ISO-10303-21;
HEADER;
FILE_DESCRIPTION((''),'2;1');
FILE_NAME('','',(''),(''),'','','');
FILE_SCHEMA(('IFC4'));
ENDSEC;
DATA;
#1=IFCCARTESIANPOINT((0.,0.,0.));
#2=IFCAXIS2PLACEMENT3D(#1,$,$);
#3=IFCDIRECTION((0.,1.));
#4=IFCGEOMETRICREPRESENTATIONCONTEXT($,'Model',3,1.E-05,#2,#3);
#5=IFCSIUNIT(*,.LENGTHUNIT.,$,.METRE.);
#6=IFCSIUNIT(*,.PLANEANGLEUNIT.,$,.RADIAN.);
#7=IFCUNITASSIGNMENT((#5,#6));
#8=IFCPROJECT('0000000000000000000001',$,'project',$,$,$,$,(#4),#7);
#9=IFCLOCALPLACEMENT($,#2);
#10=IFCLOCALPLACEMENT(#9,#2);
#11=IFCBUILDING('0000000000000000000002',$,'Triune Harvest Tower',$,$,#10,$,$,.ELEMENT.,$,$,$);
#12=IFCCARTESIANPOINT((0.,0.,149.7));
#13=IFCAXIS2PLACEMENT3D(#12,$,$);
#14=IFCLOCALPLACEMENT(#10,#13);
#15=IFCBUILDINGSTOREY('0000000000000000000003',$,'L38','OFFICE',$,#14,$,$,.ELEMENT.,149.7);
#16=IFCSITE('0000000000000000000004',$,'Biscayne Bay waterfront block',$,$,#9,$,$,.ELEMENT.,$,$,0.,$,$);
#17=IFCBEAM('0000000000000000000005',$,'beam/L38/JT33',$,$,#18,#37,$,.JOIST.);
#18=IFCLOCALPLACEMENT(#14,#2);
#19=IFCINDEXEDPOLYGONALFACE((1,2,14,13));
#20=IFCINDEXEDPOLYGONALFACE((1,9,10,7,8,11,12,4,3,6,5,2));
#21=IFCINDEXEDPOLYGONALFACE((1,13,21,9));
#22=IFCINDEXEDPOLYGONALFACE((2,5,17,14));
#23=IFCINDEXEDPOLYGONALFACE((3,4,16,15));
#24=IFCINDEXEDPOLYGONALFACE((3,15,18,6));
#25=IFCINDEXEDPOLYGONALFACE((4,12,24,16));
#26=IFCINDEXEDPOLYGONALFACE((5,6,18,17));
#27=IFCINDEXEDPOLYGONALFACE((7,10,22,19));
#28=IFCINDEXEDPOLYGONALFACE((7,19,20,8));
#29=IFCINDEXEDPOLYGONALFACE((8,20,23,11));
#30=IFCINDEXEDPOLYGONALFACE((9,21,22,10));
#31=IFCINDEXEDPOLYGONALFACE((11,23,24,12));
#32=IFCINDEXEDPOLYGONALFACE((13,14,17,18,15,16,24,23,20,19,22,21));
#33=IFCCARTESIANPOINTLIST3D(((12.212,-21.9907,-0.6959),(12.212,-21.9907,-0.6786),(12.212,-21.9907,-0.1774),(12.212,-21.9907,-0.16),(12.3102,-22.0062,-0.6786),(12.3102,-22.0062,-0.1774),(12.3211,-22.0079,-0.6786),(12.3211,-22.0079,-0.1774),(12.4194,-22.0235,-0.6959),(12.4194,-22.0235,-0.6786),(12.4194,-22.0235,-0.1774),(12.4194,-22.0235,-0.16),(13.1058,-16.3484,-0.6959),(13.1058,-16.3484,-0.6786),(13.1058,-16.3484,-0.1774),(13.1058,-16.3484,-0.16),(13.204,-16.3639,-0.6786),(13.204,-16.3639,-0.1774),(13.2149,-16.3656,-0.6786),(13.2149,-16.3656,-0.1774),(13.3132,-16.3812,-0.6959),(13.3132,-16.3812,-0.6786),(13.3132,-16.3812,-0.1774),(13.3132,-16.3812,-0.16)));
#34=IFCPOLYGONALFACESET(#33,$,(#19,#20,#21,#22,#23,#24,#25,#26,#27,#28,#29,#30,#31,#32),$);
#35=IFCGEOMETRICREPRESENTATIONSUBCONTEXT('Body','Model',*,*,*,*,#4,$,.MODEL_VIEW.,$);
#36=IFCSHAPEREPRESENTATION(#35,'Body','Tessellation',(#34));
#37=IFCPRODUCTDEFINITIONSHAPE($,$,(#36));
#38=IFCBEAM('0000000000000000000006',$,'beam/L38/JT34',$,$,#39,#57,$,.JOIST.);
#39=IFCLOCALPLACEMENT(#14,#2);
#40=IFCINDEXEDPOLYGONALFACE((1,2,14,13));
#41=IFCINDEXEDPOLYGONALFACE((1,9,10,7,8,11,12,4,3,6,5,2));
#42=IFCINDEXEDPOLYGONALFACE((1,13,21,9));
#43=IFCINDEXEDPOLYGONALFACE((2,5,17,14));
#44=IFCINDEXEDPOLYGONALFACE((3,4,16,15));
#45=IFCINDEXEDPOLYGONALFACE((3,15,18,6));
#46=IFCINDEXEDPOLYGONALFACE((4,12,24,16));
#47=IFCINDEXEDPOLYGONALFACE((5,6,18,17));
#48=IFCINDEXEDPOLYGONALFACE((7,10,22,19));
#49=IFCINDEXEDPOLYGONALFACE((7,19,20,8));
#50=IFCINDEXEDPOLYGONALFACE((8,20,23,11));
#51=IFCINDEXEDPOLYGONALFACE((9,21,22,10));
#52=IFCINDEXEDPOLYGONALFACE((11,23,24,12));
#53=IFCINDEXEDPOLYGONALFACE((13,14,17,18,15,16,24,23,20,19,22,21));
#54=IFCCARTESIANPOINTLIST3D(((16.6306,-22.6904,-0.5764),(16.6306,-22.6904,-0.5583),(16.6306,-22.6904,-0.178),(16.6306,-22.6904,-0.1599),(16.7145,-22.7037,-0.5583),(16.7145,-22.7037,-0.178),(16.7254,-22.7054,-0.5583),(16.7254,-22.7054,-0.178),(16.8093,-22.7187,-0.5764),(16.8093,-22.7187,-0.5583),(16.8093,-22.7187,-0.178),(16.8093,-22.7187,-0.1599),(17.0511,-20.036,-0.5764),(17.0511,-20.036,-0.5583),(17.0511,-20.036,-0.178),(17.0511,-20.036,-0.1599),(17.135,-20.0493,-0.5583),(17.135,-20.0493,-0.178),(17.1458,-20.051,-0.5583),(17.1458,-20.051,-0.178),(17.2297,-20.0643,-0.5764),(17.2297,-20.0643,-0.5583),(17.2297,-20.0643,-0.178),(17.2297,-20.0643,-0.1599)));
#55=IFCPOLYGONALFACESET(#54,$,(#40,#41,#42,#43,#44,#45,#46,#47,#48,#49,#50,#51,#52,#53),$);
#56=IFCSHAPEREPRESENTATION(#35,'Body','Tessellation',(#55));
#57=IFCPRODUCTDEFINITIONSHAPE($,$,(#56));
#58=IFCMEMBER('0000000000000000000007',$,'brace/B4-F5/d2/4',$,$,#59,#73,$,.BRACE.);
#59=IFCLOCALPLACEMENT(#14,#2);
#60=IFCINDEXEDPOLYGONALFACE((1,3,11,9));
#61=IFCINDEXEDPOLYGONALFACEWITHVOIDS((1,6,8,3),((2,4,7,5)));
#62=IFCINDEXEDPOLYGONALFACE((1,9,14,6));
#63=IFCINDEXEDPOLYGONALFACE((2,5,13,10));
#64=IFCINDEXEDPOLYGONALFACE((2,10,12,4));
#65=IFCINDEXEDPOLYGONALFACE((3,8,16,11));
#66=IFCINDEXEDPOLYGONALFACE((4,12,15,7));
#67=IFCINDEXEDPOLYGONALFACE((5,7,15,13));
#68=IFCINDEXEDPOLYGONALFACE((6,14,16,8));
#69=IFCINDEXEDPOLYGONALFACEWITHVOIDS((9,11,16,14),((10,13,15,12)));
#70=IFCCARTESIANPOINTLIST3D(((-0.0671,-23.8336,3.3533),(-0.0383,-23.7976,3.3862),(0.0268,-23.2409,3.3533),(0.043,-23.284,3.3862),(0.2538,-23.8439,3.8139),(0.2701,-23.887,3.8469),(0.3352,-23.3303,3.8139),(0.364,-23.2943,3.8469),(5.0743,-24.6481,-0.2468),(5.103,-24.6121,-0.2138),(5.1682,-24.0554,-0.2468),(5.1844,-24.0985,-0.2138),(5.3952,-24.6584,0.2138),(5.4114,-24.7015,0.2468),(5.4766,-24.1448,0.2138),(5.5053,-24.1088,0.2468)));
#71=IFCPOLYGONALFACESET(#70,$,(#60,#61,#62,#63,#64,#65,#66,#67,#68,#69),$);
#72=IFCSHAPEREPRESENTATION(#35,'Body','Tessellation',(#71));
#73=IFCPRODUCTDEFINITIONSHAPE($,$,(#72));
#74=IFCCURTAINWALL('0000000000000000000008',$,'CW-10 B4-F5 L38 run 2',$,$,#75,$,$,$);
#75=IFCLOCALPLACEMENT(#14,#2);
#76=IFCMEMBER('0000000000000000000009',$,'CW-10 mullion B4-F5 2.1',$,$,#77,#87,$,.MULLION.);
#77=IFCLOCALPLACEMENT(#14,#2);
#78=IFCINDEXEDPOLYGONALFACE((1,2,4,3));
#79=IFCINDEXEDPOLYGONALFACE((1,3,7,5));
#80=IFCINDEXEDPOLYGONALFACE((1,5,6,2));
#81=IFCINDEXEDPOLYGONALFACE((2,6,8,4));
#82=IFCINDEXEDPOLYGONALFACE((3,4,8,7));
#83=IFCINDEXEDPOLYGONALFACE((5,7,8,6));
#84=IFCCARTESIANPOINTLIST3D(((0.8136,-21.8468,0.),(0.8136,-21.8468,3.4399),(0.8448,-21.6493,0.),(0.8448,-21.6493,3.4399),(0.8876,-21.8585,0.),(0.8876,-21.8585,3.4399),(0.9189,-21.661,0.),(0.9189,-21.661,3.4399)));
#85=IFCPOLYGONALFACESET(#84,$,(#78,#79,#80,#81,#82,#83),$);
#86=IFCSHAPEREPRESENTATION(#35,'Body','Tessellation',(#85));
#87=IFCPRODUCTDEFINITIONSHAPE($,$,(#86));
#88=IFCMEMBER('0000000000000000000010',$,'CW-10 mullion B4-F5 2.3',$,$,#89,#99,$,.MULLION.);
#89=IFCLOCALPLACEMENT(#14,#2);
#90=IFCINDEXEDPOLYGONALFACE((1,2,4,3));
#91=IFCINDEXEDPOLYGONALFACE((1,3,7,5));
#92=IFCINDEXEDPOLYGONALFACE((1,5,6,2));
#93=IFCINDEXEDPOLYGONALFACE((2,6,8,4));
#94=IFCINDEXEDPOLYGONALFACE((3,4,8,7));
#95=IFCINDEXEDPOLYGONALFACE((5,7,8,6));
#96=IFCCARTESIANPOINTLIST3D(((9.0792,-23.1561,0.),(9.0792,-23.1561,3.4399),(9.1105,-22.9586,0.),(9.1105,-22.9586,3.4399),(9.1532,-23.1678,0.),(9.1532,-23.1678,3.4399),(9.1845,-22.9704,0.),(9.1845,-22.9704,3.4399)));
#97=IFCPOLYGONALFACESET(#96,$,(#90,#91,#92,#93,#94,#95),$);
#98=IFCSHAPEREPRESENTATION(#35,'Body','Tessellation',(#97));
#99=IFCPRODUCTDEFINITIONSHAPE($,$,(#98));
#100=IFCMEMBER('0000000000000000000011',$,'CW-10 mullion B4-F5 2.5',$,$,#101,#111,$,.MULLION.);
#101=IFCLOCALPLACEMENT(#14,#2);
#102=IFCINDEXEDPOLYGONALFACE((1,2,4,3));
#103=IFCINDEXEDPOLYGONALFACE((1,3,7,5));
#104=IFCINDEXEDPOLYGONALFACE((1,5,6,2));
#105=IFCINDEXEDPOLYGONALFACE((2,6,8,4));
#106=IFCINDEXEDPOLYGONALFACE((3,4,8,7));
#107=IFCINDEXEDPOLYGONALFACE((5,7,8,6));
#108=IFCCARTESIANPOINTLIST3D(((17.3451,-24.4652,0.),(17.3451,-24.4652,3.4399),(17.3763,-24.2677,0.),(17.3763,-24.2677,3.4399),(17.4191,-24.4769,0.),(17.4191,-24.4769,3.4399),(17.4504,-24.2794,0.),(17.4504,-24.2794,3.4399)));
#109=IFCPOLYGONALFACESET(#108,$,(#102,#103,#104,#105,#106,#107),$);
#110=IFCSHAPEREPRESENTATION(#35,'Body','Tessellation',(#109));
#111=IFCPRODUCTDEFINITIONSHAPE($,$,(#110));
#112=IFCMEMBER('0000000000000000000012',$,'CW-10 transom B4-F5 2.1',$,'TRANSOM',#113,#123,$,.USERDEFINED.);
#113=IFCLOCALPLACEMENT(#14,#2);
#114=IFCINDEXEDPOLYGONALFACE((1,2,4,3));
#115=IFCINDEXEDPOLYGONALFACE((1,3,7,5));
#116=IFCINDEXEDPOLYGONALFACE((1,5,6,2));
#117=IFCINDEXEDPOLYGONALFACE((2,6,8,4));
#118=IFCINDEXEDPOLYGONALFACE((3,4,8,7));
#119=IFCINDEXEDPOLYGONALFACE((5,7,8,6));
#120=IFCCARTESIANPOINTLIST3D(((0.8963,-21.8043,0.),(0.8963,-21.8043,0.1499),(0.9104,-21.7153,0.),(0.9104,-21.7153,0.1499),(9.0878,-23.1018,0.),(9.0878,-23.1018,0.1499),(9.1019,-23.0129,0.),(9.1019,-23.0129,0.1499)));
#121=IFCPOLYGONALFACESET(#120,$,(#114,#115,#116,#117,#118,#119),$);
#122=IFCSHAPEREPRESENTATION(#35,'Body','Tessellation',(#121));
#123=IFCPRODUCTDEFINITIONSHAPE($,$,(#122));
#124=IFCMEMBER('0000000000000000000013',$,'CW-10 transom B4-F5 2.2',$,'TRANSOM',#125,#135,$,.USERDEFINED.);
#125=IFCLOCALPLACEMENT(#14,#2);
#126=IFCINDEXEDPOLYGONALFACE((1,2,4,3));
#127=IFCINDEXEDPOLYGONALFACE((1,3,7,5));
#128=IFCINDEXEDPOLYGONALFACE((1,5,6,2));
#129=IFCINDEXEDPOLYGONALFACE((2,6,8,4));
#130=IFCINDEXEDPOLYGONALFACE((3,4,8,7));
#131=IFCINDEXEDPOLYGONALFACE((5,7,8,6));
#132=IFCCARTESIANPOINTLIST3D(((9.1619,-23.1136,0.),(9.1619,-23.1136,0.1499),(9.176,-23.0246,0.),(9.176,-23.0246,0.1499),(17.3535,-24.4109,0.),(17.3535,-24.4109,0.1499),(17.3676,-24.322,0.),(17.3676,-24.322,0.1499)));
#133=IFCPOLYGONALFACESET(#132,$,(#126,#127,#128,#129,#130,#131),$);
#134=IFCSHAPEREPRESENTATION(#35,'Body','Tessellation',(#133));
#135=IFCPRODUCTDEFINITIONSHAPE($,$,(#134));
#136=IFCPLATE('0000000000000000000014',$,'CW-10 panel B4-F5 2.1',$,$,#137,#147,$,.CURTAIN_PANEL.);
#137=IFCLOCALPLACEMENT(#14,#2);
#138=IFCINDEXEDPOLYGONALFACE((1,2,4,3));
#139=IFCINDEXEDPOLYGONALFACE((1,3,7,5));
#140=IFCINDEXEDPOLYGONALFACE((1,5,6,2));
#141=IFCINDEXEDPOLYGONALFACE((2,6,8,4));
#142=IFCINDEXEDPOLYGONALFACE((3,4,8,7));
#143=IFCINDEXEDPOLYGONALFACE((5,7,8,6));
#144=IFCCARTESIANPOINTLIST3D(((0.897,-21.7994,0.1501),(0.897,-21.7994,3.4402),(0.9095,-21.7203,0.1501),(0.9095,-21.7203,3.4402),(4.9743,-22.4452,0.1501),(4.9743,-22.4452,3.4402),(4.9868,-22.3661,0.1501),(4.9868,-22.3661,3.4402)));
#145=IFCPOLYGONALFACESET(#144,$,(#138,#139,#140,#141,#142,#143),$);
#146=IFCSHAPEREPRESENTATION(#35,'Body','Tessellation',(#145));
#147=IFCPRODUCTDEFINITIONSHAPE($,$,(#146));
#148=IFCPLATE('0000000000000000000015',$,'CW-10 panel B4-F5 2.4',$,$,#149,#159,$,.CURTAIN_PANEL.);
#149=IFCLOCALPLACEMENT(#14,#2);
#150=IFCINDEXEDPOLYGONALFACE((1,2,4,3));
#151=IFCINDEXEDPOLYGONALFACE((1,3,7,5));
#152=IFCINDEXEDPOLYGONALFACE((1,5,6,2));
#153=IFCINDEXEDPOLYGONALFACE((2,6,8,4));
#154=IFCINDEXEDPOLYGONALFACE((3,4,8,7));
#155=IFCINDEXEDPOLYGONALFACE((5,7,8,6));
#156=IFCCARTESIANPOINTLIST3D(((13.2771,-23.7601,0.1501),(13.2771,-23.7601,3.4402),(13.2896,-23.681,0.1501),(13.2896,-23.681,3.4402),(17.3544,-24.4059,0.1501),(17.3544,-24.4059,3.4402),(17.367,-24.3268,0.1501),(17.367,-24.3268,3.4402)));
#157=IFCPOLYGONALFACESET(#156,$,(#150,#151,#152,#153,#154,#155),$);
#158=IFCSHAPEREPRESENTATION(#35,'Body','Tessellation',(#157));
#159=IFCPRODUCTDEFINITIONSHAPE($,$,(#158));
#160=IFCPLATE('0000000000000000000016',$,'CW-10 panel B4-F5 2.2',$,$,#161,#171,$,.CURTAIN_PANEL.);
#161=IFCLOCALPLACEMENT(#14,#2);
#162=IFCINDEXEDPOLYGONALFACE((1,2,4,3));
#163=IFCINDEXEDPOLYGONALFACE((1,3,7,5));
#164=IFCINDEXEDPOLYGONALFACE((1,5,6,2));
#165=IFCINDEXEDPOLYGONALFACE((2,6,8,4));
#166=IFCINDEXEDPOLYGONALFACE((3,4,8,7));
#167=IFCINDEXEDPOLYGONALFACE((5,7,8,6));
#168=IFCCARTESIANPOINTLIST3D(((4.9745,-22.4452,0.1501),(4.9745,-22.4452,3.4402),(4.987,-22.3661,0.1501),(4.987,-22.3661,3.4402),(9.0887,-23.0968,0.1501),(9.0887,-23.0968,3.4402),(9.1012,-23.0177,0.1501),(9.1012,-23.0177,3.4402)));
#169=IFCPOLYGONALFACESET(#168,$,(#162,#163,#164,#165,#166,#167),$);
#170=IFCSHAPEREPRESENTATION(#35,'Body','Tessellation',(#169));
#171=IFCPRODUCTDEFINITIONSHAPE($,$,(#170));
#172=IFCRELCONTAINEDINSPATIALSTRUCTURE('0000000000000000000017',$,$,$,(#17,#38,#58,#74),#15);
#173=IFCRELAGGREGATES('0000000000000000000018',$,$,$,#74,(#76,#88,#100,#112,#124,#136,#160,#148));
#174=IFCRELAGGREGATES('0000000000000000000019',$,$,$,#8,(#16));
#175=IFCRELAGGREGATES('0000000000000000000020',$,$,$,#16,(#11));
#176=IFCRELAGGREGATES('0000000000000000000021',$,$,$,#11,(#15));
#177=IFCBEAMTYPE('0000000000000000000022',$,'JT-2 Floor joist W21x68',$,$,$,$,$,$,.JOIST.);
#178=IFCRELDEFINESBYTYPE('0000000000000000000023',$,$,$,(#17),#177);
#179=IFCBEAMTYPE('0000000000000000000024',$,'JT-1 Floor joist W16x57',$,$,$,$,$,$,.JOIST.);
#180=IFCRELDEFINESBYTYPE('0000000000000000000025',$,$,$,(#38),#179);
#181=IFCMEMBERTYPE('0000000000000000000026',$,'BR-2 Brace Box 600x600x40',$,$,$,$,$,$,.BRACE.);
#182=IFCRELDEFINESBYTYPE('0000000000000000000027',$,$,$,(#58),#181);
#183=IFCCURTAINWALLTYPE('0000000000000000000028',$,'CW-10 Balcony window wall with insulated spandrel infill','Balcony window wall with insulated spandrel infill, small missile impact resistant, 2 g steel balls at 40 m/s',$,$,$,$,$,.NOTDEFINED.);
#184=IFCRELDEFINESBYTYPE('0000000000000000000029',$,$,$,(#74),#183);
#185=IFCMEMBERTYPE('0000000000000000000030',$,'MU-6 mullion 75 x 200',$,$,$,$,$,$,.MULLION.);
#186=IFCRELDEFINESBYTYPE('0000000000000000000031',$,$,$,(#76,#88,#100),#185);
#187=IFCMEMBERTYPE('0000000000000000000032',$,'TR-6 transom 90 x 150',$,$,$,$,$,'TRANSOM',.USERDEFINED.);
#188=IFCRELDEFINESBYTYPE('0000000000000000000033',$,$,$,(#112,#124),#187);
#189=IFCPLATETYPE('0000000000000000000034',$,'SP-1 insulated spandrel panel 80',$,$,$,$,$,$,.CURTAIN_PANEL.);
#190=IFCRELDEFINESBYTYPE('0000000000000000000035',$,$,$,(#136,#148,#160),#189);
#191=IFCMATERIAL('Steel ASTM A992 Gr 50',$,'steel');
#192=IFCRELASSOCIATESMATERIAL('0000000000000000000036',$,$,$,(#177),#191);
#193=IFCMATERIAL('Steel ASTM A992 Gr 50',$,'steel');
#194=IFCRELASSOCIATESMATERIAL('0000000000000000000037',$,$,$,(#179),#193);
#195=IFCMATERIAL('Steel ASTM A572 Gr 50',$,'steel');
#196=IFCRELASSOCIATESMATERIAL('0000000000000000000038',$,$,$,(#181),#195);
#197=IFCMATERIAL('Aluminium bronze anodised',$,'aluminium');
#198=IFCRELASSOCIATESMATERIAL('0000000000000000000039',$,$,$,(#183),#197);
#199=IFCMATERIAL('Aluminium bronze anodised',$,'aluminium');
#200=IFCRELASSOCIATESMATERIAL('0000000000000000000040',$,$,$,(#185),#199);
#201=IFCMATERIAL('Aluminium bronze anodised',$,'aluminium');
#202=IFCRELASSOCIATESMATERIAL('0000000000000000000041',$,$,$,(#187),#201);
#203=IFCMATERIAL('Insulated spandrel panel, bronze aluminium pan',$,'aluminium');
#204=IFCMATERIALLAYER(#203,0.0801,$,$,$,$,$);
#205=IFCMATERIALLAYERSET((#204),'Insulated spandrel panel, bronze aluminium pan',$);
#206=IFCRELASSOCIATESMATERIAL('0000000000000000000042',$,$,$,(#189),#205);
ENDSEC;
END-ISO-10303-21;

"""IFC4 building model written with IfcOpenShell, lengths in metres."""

from ifc_helpers import new_model, si_unit, direction, frame, origin, origin_2d, place, context, subcontext, project, spatial, rectangle, hollow_rectangle, i_section, extrude, source, transform, mapped, material, layer, layer_set, material_profile, profile_set, type_object, element, aggregate, save


model = new_model("IFC4")

# Units and contexts
model_context = context("Model", 3, precision=1e-05, world=origin(), true_north=direction((0.0, 1.0)))
body_context = subcontext(model_context, "Body", "Model", "MODEL_VIEW")
ifc_project = project(units=[si_unit("LENGTHUNIT", "METRE"), si_unit("PLANEANGLEUNIT", "RADIAN")], contexts=[model_context])

# Site, building, storey
site_placement = place(None, origin())
site = spatial("IfcSite", under=ifc_project, at=site_placement, Name="Biscayne Bay waterfront block", CompositionType="ELEMENT", RefElevation=0.0)
building_placement = place(site_placement, origin())
building = spatial("IfcBuilding", under=site, at=building_placement, Name="Triune Harvest Tower", CompositionType="ELEMENT")
storey_placement = place(building_placement, frame((0.0, 0.0, 149.7)))
storey = spatial("IfcBuildingStorey", under=building, at=storey_placement, Name="L38", Description="OFFICE", CompositionType="ELEMENT", Elevation=149.7)

# Beams
ifc_material_1 = material(Name="Steel ASTM A992 Gr 50", Category="steel")
ifc_material_profile_1 = material_profile(ifc_material_1, i_section(OverallWidth=0.21, OverallDepth=0.5359, WebThickness=0.011, FlangeThickness=0.0173, at=origin_2d()), Name="W21x68")
ifc_profile_set_1 = profile_set([ifc_material_profile_1], Name="Steel ASTM A992 Gr 50")
beam_type_1 = type_object("IfcBeamType", Name="JT-2 Floor joist W21x68", PredefinedType="JOIST", material=ifc_profile_set_1)
shared_shape_1 = source(origin(), body_context, "Body", "SweptSolid", [
    extrude(i_section(OverallWidth=0.21, OverallDepth=0.5359, WebThickness=0.011, FlangeThickness=0.0173, at=origin_2d()), origin(), (0.0, 0.0, 1.0), 5.7126),
])
beam_1_placement = place(storey_placement, frame((12.3157, -22.0071, -0.428), z_axis=(0.156459, 0.987685, 0.0), x_axis=(-0.987685, 0.156459, 0.0)))
element("IfcBeam", 1, at=beam_1_placement, inside=storey, type_object=beam_type_1, Name="beam/L38/JT33", PredefinedType="JOIST", context=body_context, shape_type="MappedRepresentation", body=[
    mapped(shared_shape_1, transform((0.0, 0.0, 0.0), scale=1.0)),
])
ifc_material_2 = material(Name="Steel ASTM A992 Gr 50", Category="steel")
ifc_material_profile_2 = material_profile(ifc_material_2, i_section(OverallWidth=0.1809, OverallDepth=0.4165, WebThickness=0.011, FlangeThickness=0.0181, at=origin_2d()), Name="W16x57")
ifc_profile_set_2 = profile_set([ifc_material_profile_2], Name="Steel ASTM A992 Gr 50")
beam_type_2 = type_object("IfcBeamType", Name="JT-1 Floor joist W16x57", PredefinedType="JOIST", material=ifc_profile_set_2)
shared_shape_2 = source(origin(), body_context, "Body", "SweptSolid", [
    extrude(i_section(OverallWidth=0.1809, OverallDepth=0.4165, WebThickness=0.011, FlangeThickness=0.0181, at=origin_2d()), origin(), (0.0, 0.0, 1.0), 2.6875),
])
beam_2_placement = place(storey_placement, frame((16.72, -22.7046, -0.3682), z_axis=(0.156438, 0.987688, 0.0), x_axis=(-0.987688, 0.156438, 0.0)))
element("IfcBeam", 2, at=beam_2_placement, inside=storey, type_object=beam_type_2, Name="beam/L38/JT34", PredefinedType="JOIST", context=body_context, shape_type="MappedRepresentation", body=[
    mapped(shared_shape_2, transform((0.0, 0.0, 0.0), scale=1.0)),
])

# Member
ifc_material_3 = material(Name="Steel ASTM A572 Gr 50", Category="steel")
ifc_material_profile_3 = material_profile(ifc_material_3, hollow_rectangle(XDim=0.6001, YDim=0.6001, WallThickness=0.04, at=origin_2d()), Name="Box 600x600x40")
ifc_profile_set_3 = profile_set([ifc_material_profile_3], Name="Steel ASTM A572 Gr 50")
member_type_1 = type_object("IfcMemberType", Name="BR-2 Brace Box 600x600x40", PredefinedType="BRACE", material=ifc_profile_set_3)
shared_shape_3 = source(origin(), body_context, "Body", "SweptSolid", [
    extrude(hollow_rectangle(XDim=0.6001, YDim=0.6001, WallThickness=0.04, at=origin_2d()), origin(), (0.0, 0.0, 1.0), 6.3291),
])
member_1_placement = place(storey_placement, frame((5.2898, -24.3784, 0.0), z_axis=(-0.812335, 0.128684, 0.568816), x_axis=(-0.156461, -0.987684, 0.0)))
element("IfcMember", 3, at=member_1_placement, inside=storey, type_object=member_type_1, Name="brace/B4-F5/d2/4", PredefinedType="BRACE", context=body_context, shape_type="MappedRepresentation", body=[
    mapped(shared_shape_3, transform((0.0, 0.0, 0.0), scale=1.0)),
])

# Curtain wall, members, plates
ifc_material_4 = material(Name="Aluminium bronze anodised", Category="aluminium")
curtain_wall_type = type_object("IfcCurtainWallType", Name="CW-10 Balcony window wall with insulated spandrel infill", Description="Balcony window wall with insulated spandrel infill, small missile impact resistant, 2 g steel balls at 40 m/s", PredefinedType="NOTDEFINED", material=ifc_material_4)
curtain_wall_placement = place(storey_placement, origin())
curtain_wall = element("IfcCurtainWall", 4, at=curtain_wall_placement, inside=storey, type_object=curtain_wall_type, Name="CW-10 B4-F5 L38 run 2")
ifc_material_5 = material(Name="Aluminium bronze anodised", Category="aluminium")
ifc_material_profile_4 = material_profile(ifc_material_5, rectangle(XDim=0.2, YDim=0.075, at=origin_2d()), Name="MU-6 mullion 75 x 200")
ifc_profile_set_4 = profile_set([ifc_material_profile_4], Name="Aluminium bronze anodised")
member_type_2 = type_object("IfcMemberType", Name="MU-6 mullion 75 x 200", PredefinedType="MULLION", material=ifc_profile_set_4)
shared_shape_4 = source(origin(), body_context, "Body", "SweptSolid", [
    extrude(rectangle(XDim=0.2, YDim=0.075, at=origin_2d()), origin(), (0.0, 0.0, 1.0), 3.4399),
])
member_2_placement = place(storey_placement, frame((0.8662, -21.7539, 0.0), z_axis=(0.0, 0.0, 1.0), x_axis=(0.156435, 0.987688, 0.0)))
member_2 = element("IfcMember", 5, at=member_2_placement, type_object=member_type_2, Name="CW-10 mullion B4-F5 2.1", PredefinedType="MULLION", context=body_context, shape_type="MappedRepresentation", body=[
    mapped(shared_shape_4, transform((0.0, 0.0, 0.0), scale=1.0)),
])
member_3_placement = place(storey_placement, frame((9.1318, -23.0632, 0.0), z_axis=(0.0, 0.0, 1.0), x_axis=(0.156435, 0.987688, 0.0)))
member_3 = element("IfcMember", 6, at=member_3_placement, type_object=member_type_2, Name="CW-10 mullion B4-F5 2.3", PredefinedType="MULLION", context=body_context, shape_type="MappedRepresentation", body=[
    mapped(shared_shape_4, transform((0.0, 0.0, 0.0), scale=1.0)),
])
member_4_placement = place(storey_placement, frame((17.3977, -24.3723, 0.0), z_axis=(0.0, 0.0, 1.0), x_axis=(0.156435, 0.987688, 0.0)))
member_4 = element("IfcMember", 7, at=member_4_placement, type_object=member_type_2, Name="CW-10 mullion B4-F5 2.5", PredefinedType="MULLION", context=body_context, shape_type="MappedRepresentation", body=[
    mapped(shared_shape_4, transform((0.0, 0.0, 0.0), scale=1.0)),
])
ifc_material_6 = material(Name="Aluminium bronze anodised", Category="aluminium")
ifc_material_profile_5 = material_profile(ifc_material_6, rectangle(XDim=0.0901, YDim=0.1499, at=origin_2d()), Name="TR-6 transom 90 x 150")
ifc_profile_set_5 = profile_set([ifc_material_profile_5], Name="Aluminium bronze anodised")
member_type_3 = type_object("IfcMemberType", Name="TR-6 transom 90 x 150", ElementType="TRANSOM", PredefinedType="USERDEFINED", material=ifc_profile_set_5)
shared_shape_5 = source(origin(), body_context, "Body", "SweptSolid", [
    extrude(rectangle(XDim=0.0901, YDim=0.1499, at=origin_2d()), origin(), (0.0, 0.0, 1.0), 8.2937),
])
member_5_placement = place(storey_placement, frame((0.9033, -21.7598, 0.075), z_axis=(0.987685, -0.156455, 0.0), x_axis=(0.156455, 0.987685, 0.0)))
member_5 = element("IfcMember", 8, at=member_5_placement, type_object=member_type_3, Name="CW-10 transom B4-F5 2.1", ObjectType="TRANSOM", PredefinedType="USERDEFINED", context=body_context, shape_type="MappedRepresentation", body=[
    mapped(shared_shape_5, transform((0.0, 0.0, 0.0), scale=1.0)),
])
member_6_placement = place(storey_placement, frame((9.1689, -23.0691, 0.075), z_axis=(0.98769, -0.156427, 0.0), x_axis=(0.156427, 0.98769, 0.0)))
member_6 = element("IfcMember", 9, at=member_6_placement, type_object=member_type_3, Name="CW-10 transom B4-F5 2.2", ObjectType="TRANSOM", PredefinedType="USERDEFINED", context=body_context, shape_type="MappedRepresentation", body=[
    mapped(shared_shape_5, transform((0.0, 0.0, 0.0), scale=1.0)),
])
ifc_material_7 = material(Name="Insulated spandrel panel, bronze aluminium pan", Category="aluminium")
ifc_layer_1 = layer(ifc_material_7, 0.0801)
ifc_layer_set_1 = layer_set([ifc_layer_1], Name="Insulated spandrel panel, bronze aluminium pan")
plate_type = type_object("IfcPlateType", Name="SP-1 insulated spandrel panel 80", PredefinedType="CURTAIN_PANEL", material=ifc_layer_set_1)
shared_shape_6 = source(origin(), body_context, "Body", "SweptSolid", [
    extrude(rectangle(XDim=4.1282, YDim=0.0801, at=origin_2d()), origin(), (0.0, 0.0, 1.0), 3.29),
])
plate_1_placement = place(storey_placement, frame((2.9419, -22.0828, 0.1501), z_axis=(0.0, 0.0, 1.0), x_axis=(0.987688, -0.156435, 0.0)))
plate_1 = element("IfcPlate", 10, at=plate_1_placement, type_object=plate_type, Name="CW-10 panel B4-F5 2.1", PredefinedType="CURTAIN_PANEL", context=body_context, shape_type="MappedRepresentation", body=[
    mapped(shared_shape_6, transform((0.0, 0.0, 0.0), scale=1.0)),
])
plate_2_placement = place(storey_placement, frame((15.322, -24.0435, 0.1501), z_axis=(0.0, 0.0, 1.0), x_axis=(0.987688, -0.156435, 0.0)))
plate_2 = element("IfcPlate", 11, at=plate_2_placement, type_object=plate_type, Name="CW-10 panel B4-F5 2.4", PredefinedType="CURTAIN_PANEL", context=body_context, shape_type="MappedRepresentation", body=[
    mapped(shared_shape_6, transform((0.0, 0.0, 0.0), scale=1.0)),
])
shared_shape_7 = source(origin(), body_context, "Body", "SweptSolid", [
    extrude(rectangle(XDim=4.1655, YDim=0.0801, at=origin_2d()), origin(), (0.0, 0.0, 1.0), 3.29),
])
plate_3_placement = place(storey_placement, frame((7.0378, -22.7314, 0.1501), z_axis=(0.0, 0.0, 1.0), x_axis=(0.987688, -0.156435, 0.0)))
plate_3 = element("IfcPlate", 12, at=plate_3_placement, type_object=plate_type, Name="CW-10 panel B4-F5 2.2", PredefinedType="CURTAIN_PANEL", context=body_context, shape_type="MappedRepresentation", body=[
    mapped(shared_shape_7, transform((0.0, 0.0, 0.0), scale=1.0)),
])
aggregate(curtain_wall, [member_2, member_3, member_4, member_5, member_6, plate_1, plate_3, plate_2])

save(model, "model.ifc")
